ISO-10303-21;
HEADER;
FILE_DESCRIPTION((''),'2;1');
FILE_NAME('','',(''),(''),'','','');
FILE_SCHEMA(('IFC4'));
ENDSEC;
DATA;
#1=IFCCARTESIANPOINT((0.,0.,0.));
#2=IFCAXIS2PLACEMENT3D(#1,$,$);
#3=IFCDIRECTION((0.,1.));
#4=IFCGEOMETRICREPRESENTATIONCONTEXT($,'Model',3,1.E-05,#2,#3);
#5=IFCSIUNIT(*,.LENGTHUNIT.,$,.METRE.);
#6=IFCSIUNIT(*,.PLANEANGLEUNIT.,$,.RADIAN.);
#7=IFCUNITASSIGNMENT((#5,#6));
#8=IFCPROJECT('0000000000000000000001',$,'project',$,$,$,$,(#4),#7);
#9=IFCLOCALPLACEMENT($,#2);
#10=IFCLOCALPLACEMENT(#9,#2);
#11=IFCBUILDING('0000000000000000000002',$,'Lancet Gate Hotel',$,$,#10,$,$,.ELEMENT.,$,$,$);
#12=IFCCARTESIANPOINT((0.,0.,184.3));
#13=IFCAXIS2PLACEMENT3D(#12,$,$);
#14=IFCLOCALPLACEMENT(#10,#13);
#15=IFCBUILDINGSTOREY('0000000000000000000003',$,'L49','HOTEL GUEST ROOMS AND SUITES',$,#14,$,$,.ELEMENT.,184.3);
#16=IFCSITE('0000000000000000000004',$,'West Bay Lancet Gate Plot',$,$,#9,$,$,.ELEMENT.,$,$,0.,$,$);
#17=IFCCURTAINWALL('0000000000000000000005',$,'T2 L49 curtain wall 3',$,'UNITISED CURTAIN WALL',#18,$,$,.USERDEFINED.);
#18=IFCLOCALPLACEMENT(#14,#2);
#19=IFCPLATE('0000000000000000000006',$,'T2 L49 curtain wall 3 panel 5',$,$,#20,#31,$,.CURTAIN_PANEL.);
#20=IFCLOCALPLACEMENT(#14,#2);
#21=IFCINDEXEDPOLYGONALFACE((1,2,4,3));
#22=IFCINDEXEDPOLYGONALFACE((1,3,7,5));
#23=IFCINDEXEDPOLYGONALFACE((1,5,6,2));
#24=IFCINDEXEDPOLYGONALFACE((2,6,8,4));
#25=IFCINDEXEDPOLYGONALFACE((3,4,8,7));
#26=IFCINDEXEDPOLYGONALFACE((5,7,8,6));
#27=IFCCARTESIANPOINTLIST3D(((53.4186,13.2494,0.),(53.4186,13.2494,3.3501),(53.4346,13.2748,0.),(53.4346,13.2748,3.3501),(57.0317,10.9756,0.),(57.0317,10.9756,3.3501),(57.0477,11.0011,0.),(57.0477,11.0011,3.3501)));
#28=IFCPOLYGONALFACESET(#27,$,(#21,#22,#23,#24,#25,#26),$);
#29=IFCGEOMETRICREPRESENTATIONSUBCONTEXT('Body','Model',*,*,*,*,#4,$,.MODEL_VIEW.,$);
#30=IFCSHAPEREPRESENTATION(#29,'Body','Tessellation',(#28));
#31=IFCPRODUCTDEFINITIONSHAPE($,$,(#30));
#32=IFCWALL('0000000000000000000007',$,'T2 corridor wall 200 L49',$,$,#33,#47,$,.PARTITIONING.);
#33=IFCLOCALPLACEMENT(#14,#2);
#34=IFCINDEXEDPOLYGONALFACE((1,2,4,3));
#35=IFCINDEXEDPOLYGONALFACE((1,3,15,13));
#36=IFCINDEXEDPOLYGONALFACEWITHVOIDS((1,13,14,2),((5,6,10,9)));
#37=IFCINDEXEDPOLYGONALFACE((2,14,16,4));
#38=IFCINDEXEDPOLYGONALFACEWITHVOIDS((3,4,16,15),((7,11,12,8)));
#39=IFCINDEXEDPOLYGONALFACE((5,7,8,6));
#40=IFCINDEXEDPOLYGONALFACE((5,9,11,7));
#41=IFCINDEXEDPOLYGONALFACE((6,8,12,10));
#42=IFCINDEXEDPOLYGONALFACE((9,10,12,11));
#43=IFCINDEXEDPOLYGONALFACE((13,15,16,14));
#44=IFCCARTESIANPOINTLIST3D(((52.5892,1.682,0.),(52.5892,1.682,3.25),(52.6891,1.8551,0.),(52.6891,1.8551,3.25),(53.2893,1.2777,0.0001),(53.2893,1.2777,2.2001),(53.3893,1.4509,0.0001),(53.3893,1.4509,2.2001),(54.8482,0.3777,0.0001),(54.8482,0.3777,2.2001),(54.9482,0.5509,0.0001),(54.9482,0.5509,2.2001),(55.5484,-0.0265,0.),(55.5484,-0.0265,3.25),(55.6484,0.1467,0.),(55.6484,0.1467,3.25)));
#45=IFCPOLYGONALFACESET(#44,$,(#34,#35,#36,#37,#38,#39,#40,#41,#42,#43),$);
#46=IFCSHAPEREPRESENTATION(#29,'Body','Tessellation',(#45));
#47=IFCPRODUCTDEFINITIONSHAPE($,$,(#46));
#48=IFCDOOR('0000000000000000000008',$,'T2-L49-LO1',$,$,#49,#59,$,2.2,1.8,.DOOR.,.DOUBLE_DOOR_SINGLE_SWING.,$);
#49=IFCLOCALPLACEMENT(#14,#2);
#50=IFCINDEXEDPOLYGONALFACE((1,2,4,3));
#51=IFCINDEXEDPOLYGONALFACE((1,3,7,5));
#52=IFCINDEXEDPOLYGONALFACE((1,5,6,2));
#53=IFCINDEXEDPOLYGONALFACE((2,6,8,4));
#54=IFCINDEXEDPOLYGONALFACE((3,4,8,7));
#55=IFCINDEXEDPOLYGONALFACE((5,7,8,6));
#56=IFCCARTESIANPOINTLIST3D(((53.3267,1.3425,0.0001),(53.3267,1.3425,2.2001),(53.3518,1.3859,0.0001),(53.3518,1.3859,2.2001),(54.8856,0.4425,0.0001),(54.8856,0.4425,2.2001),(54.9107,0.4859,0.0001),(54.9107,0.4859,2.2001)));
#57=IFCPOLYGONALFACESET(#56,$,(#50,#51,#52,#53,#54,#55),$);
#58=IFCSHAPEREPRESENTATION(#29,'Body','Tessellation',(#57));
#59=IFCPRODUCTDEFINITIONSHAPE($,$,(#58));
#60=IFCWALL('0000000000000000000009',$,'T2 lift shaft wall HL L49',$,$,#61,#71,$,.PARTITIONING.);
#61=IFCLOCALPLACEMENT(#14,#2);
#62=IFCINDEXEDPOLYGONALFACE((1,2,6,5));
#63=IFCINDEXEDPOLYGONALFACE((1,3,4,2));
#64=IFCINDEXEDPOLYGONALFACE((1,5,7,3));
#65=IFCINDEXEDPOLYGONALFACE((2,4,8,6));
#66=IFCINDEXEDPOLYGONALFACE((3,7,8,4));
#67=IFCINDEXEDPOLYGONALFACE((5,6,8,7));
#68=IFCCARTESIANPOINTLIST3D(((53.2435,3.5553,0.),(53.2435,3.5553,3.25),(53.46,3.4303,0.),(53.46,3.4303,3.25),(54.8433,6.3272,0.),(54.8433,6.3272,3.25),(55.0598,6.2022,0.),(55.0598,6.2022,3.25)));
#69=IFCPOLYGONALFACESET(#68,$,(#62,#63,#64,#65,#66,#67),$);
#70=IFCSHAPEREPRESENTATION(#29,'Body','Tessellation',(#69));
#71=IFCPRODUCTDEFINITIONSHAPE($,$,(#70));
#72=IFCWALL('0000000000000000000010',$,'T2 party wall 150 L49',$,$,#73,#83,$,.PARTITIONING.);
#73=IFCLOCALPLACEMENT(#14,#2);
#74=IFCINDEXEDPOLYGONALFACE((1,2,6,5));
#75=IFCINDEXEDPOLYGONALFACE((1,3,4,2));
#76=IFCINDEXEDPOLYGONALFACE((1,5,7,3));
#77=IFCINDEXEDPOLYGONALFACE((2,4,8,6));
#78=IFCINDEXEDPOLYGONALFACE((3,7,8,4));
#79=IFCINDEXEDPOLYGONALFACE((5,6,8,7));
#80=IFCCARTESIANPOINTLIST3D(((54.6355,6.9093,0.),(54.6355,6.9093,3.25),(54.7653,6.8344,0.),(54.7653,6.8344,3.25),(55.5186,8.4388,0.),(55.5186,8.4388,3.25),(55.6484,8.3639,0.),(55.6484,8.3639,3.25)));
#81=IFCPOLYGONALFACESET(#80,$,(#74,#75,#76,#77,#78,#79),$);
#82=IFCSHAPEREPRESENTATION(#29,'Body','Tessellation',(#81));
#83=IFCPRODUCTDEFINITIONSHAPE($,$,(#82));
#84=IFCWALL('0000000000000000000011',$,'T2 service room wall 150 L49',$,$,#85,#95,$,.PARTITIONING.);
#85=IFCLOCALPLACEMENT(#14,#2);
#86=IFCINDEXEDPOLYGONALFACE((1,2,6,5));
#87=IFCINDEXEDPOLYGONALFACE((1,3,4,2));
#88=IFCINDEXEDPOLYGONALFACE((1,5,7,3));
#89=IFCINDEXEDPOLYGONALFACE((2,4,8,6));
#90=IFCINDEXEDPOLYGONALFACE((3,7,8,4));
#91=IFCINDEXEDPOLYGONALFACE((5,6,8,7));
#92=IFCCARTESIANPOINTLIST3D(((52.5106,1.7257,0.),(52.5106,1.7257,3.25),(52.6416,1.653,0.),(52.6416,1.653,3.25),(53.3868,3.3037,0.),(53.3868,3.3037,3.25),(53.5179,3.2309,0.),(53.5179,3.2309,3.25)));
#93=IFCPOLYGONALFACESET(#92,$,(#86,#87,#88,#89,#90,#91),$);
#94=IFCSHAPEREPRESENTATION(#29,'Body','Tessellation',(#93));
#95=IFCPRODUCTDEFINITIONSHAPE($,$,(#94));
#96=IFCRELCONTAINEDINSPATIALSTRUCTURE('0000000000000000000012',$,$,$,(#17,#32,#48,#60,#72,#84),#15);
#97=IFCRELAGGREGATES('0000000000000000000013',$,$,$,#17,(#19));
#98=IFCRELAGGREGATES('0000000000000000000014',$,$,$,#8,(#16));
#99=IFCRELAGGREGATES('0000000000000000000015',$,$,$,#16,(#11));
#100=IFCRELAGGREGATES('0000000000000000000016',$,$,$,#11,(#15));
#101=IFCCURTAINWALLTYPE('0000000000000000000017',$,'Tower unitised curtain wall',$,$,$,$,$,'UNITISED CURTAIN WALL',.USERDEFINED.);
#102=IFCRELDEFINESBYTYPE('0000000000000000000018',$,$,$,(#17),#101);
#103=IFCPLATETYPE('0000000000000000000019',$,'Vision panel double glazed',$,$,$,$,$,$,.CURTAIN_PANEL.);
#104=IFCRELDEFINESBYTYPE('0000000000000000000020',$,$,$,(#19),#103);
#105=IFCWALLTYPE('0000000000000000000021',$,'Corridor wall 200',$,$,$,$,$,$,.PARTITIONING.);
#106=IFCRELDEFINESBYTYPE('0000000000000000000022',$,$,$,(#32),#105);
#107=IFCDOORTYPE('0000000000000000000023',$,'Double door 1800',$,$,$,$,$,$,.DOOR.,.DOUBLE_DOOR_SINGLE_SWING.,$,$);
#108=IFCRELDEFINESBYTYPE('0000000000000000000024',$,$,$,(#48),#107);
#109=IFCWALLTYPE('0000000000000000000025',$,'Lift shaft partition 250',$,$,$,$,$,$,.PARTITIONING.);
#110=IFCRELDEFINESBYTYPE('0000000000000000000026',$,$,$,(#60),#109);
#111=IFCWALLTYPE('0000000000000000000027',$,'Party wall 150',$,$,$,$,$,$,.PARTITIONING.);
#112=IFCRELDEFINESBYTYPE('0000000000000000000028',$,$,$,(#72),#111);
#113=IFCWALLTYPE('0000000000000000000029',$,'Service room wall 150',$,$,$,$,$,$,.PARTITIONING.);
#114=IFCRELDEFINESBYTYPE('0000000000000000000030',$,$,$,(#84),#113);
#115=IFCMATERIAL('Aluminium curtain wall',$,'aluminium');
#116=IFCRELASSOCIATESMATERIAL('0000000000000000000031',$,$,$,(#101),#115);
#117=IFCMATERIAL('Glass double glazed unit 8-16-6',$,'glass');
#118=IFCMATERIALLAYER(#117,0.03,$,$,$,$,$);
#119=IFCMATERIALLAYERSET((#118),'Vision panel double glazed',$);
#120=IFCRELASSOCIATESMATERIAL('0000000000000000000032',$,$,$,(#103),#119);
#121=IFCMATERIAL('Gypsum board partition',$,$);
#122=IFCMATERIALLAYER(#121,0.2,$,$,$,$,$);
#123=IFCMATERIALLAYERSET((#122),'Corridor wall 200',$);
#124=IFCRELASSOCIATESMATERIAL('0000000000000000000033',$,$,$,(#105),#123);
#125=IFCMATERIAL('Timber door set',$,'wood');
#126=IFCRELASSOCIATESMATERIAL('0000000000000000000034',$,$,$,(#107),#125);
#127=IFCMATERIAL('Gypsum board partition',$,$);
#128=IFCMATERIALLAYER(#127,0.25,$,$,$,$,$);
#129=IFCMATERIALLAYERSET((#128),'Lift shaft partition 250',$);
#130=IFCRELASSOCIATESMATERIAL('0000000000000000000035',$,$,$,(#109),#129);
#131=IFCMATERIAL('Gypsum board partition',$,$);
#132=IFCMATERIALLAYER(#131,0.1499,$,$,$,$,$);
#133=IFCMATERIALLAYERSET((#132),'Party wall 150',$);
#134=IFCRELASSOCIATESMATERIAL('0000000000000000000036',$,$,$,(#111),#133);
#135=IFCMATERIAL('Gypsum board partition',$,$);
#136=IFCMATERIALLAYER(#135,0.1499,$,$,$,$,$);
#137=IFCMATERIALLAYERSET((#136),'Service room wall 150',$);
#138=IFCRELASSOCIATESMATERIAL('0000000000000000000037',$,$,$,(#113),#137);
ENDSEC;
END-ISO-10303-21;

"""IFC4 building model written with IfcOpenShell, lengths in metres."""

from ifc_helpers import new_model, si_unit, direction, frame, frame_2d, origin, origin_2d, place, context, subcontext, project, spatial, rectangle, extrude, material, layer, layer_set, type_object, element, fill, aggregate, save


model = new_model("IFC4")

# Units and contexts
model_context = context("Model", 3, precision=1e-05, world=origin(), true_north=direction((0.0, 1.0)))
body_context = subcontext(model_context, "Body", "Model", "MODEL_VIEW")
ifc_project = project(units=[si_unit("LENGTHUNIT", "METRE"), si_unit("PLANEANGLEUNIT", "RADIAN")], contexts=[model_context])

# Site, building, storey
site_placement = place(None, origin())
site = spatial("IfcSite", under=ifc_project, at=site_placement, Name="West Bay Lancet Gate Plot", CompositionType="ELEMENT", RefElevation=0.0)
building_placement = place(site_placement, origin())
building = spatial("IfcBuilding", under=site, at=building_placement, Name="Lancet Gate Hotel", CompositionType="ELEMENT")
storey_placement = place(building_placement, frame((0.0, 0.0, 184.3)))
storey = spatial("IfcBuildingStorey", under=building, at=storey_placement, Name="L49", Description="HOTEL GUEST ROOMS AND SUITES", CompositionType="ELEMENT", Elevation=184.3)

# Curtain wall
ifc_material_1 = material(Name="Aluminium curtain wall", Category="aluminium")
curtain_wall_type = type_object("IfcCurtainWallType", Name="Tower unitised curtain wall", ElementType="UNITISED CURTAIN WALL", PredefinedType="USERDEFINED", material=ifc_material_1)
curtain_wall_placement = place(storey_placement, origin())
curtain_wall = element("IfcCurtainWall", 1, at=curtain_wall_placement, inside=storey, type_object=curtain_wall_type, Name="T2 L49 curtain wall 3", ObjectType="UNITISED CURTAIN WALL", PredefinedType="USERDEFINED")

# Plate
ifc_material_2 = material(Name="Glass double glazed unit 8-16-6", Category="glass")
ifc_layer_1 = layer(ifc_material_2, 0.03)
ifc_layer_set_1 = layer_set([ifc_layer_1], Name="Vision panel double glazed")
plate_type = type_object("IfcPlateType", Name="Vision panel double glazed", PredefinedType="CURTAIN_PANEL", material=ifc_layer_set_1)
plate_1_placement = place(storey_placement, frame((55.2332, 12.1252, 0.0), z_axis=(0.0, 0.0, 1.0), x_axis=(-0.846352, 0.532623, 0.0)))
plate_1 = element("IfcPlate", 2, at=plate_1_placement, type_object=plate_type, Name="T2 L49 curtain wall 3 panel 5", PredefinedType="CURTAIN_PANEL", context=body_context, shape_type="SweptSolid", body=[
    extrude(rectangle(XDim=4.269, YDim=0.03, at=origin_2d()), origin(), (0.0, 0.0, 1.0), 3.3501),
])
aggregate(curtain_wall, [plate_1])

# Wall, opening, door
ifc_material_3 = material(Name="Gypsum board partition")
ifc_layer_2 = layer(ifc_material_3, 0.2)
ifc_layer_set_2 = layer_set([ifc_layer_2], Name="Corridor wall 200")
wall_type_1 = type_object("IfcWallType", Name="Corridor wall 200", PredefinedType="PARTITIONING", material=ifc_layer_set_2)
wall_1_placement = place(storey_placement, frame((52.6392, 1.7686, 0.0), z_axis=(0.0, 0.0, 1.0), x_axis=(0.866027, -0.499997, 0.0)))
wall_1 = element("IfcWall", 3, at=wall_1_placement, inside=storey, type_object=wall_type_1, Name="T2 corridor wall 200 L49", PredefinedType="PARTITIONING", context=body_context, shape_type="SweptSolid", body=[
    extrude(rectangle(XDim=3.417, YDim=0.2, at=frame_2d((1.7085, 0.0))), origin(), (0.0, 0.0, 1.0), 3.25),
])
opening_placement = place(wall_1_placement, frame((0.8086, 0.0, 0.0)))
opening = element("IfcOpeningElement", 4, at=opening_placement, cuts=wall_1, PredefinedType="OPENING", context=body_context, shape_type="SweptSolid", body=[
    extrude(rectangle(XDim=1.8, YDim=2.2, at=frame_2d((0.8999, 1.1001))), frame((0.0, 0.1099, 0.0), z_axis=(0.0, -1.0, 0.0), x_axis=(1.0, 0.0, 0.0)), (0.0, 0.0, 1.0), 0.22),
])
ifc_material_4 = material(Name="Timber door set", Category="wood")
door_type = type_object("IfcDoorType", Name="Double door 1800", OperationType="DOUBLE_DOOR_SINGLE_SWING", PredefinedType="DOOR", material=ifc_material_4)
door_placement = place(opening_placement, origin())
door = element("IfcDoor", 5, at=door_placement, inside=storey, type_object=door_type, Name="T2-L49-LO1", OperationType="DOUBLE_DOOR_SINGLE_SWING", OverallHeight=2.2, OverallWidth=1.8, PredefinedType="DOOR", context=body_context, shape_type="SweptSolid", body=[
    extrude(rectangle(XDim=1.8, YDim=2.2, at=frame_2d((0.8999, 1.1001))), frame((0.0, 0.0249, 0.0), z_axis=(0.0, -1.0, 0.0), x_axis=(1.0, 0.0, 0.0)), (0.0, 0.0, 1.0), 0.05),
])
fill(opening, door)

# Walls
ifc_material_5 = material(Name="Gypsum board partition")
ifc_layer_3 = layer(ifc_material_5, 0.25)
ifc_layer_set_3 = layer_set([ifc_layer_3], Name="Lift shaft partition 250")
wall_type_2 = type_object("IfcWallType", Name="Lift shaft partition 250", PredefinedType="PARTITIONING", material=ifc_layer_set_3)
wall_2_placement = place(storey_placement, frame((53.3518, 3.4929, 0.0), z_axis=(0.0, 0.0, 1.0), x_axis=(0.499872, 0.866099, 0.0)))
element("IfcWall", 6, at=wall_2_placement, inside=storey, type_object=wall_type_2, Name="T2 lift shaft wall HL L49", PredefinedType="PARTITIONING", context=body_context, shape_type="SweptSolid", body=[
    extrude(rectangle(XDim=3.2004, YDim=0.25, at=frame_2d((1.6001, 0.0))), origin(), (0.0, 0.0, 1.0), 3.25),
])
ifc_material_6 = material(Name="Gypsum board partition")
ifc_layer_4 = layer(ifc_material_6, 0.1499)
ifc_layer_set_4 = layer_set([ifc_layer_4], Name="Party wall 150")
wall_type_3 = type_object("IfcWallType", Name="Party wall 150", PredefinedType="PARTITIONING", material=ifc_layer_set_4)
wall_3_placement = place(storey_placement, frame((54.7004, 6.8718, 0.0), z_axis=(0.0, 0.0, 1.0), x_axis=(0.49999, 0.866031, 0.0)))
element("IfcWall", 7, at=wall_3_placement, inside=storey, type_object=wall_type_3, Name="T2 party wall 150 L49", PredefinedType="PARTITIONING", context=body_context, shape_type="SweptSolid", body=[
    extrude(rectangle(XDim=1.7661, YDim=0.1499, at=frame_2d((0.8831, 0.0))), origin(), (0.0, 0.0, 1.0), 3.25),
])
ifc_material_7 = material(Name="Gypsum board partition")
ifc_layer_5 = layer(ifc_material_7, 0.1499)
ifc_layer_set_5 = layer_set([ifc_layer_5], Name="Service room wall 150")
wall_type_4 = type_object("IfcWallType", Name="Service room wall 150", PredefinedType="PARTITIONING", material=ifc_layer_set_5)
wall_4_placement = place(storey_placement, frame((52.5762, 1.6895, 0.0), z_axis=(0.0, 0.0, 1.0), x_axis=(0.485482, 0.874247, 0.0)))
element("IfcWall", 8, at=wall_4_placement, inside=storey, type_object=wall_type_4, Name="T2 service room wall 150 L49", PredefinedType="PARTITIONING", context=body_context, shape_type="SweptSolid", body=[
    extrude(rectangle(XDim=1.8049, YDim=0.1499, at=frame_2d((0.9023, 0.0))), origin(), (0.0, 0.0, 1.0), 3.25),
])

save(model, "model.ifc")
